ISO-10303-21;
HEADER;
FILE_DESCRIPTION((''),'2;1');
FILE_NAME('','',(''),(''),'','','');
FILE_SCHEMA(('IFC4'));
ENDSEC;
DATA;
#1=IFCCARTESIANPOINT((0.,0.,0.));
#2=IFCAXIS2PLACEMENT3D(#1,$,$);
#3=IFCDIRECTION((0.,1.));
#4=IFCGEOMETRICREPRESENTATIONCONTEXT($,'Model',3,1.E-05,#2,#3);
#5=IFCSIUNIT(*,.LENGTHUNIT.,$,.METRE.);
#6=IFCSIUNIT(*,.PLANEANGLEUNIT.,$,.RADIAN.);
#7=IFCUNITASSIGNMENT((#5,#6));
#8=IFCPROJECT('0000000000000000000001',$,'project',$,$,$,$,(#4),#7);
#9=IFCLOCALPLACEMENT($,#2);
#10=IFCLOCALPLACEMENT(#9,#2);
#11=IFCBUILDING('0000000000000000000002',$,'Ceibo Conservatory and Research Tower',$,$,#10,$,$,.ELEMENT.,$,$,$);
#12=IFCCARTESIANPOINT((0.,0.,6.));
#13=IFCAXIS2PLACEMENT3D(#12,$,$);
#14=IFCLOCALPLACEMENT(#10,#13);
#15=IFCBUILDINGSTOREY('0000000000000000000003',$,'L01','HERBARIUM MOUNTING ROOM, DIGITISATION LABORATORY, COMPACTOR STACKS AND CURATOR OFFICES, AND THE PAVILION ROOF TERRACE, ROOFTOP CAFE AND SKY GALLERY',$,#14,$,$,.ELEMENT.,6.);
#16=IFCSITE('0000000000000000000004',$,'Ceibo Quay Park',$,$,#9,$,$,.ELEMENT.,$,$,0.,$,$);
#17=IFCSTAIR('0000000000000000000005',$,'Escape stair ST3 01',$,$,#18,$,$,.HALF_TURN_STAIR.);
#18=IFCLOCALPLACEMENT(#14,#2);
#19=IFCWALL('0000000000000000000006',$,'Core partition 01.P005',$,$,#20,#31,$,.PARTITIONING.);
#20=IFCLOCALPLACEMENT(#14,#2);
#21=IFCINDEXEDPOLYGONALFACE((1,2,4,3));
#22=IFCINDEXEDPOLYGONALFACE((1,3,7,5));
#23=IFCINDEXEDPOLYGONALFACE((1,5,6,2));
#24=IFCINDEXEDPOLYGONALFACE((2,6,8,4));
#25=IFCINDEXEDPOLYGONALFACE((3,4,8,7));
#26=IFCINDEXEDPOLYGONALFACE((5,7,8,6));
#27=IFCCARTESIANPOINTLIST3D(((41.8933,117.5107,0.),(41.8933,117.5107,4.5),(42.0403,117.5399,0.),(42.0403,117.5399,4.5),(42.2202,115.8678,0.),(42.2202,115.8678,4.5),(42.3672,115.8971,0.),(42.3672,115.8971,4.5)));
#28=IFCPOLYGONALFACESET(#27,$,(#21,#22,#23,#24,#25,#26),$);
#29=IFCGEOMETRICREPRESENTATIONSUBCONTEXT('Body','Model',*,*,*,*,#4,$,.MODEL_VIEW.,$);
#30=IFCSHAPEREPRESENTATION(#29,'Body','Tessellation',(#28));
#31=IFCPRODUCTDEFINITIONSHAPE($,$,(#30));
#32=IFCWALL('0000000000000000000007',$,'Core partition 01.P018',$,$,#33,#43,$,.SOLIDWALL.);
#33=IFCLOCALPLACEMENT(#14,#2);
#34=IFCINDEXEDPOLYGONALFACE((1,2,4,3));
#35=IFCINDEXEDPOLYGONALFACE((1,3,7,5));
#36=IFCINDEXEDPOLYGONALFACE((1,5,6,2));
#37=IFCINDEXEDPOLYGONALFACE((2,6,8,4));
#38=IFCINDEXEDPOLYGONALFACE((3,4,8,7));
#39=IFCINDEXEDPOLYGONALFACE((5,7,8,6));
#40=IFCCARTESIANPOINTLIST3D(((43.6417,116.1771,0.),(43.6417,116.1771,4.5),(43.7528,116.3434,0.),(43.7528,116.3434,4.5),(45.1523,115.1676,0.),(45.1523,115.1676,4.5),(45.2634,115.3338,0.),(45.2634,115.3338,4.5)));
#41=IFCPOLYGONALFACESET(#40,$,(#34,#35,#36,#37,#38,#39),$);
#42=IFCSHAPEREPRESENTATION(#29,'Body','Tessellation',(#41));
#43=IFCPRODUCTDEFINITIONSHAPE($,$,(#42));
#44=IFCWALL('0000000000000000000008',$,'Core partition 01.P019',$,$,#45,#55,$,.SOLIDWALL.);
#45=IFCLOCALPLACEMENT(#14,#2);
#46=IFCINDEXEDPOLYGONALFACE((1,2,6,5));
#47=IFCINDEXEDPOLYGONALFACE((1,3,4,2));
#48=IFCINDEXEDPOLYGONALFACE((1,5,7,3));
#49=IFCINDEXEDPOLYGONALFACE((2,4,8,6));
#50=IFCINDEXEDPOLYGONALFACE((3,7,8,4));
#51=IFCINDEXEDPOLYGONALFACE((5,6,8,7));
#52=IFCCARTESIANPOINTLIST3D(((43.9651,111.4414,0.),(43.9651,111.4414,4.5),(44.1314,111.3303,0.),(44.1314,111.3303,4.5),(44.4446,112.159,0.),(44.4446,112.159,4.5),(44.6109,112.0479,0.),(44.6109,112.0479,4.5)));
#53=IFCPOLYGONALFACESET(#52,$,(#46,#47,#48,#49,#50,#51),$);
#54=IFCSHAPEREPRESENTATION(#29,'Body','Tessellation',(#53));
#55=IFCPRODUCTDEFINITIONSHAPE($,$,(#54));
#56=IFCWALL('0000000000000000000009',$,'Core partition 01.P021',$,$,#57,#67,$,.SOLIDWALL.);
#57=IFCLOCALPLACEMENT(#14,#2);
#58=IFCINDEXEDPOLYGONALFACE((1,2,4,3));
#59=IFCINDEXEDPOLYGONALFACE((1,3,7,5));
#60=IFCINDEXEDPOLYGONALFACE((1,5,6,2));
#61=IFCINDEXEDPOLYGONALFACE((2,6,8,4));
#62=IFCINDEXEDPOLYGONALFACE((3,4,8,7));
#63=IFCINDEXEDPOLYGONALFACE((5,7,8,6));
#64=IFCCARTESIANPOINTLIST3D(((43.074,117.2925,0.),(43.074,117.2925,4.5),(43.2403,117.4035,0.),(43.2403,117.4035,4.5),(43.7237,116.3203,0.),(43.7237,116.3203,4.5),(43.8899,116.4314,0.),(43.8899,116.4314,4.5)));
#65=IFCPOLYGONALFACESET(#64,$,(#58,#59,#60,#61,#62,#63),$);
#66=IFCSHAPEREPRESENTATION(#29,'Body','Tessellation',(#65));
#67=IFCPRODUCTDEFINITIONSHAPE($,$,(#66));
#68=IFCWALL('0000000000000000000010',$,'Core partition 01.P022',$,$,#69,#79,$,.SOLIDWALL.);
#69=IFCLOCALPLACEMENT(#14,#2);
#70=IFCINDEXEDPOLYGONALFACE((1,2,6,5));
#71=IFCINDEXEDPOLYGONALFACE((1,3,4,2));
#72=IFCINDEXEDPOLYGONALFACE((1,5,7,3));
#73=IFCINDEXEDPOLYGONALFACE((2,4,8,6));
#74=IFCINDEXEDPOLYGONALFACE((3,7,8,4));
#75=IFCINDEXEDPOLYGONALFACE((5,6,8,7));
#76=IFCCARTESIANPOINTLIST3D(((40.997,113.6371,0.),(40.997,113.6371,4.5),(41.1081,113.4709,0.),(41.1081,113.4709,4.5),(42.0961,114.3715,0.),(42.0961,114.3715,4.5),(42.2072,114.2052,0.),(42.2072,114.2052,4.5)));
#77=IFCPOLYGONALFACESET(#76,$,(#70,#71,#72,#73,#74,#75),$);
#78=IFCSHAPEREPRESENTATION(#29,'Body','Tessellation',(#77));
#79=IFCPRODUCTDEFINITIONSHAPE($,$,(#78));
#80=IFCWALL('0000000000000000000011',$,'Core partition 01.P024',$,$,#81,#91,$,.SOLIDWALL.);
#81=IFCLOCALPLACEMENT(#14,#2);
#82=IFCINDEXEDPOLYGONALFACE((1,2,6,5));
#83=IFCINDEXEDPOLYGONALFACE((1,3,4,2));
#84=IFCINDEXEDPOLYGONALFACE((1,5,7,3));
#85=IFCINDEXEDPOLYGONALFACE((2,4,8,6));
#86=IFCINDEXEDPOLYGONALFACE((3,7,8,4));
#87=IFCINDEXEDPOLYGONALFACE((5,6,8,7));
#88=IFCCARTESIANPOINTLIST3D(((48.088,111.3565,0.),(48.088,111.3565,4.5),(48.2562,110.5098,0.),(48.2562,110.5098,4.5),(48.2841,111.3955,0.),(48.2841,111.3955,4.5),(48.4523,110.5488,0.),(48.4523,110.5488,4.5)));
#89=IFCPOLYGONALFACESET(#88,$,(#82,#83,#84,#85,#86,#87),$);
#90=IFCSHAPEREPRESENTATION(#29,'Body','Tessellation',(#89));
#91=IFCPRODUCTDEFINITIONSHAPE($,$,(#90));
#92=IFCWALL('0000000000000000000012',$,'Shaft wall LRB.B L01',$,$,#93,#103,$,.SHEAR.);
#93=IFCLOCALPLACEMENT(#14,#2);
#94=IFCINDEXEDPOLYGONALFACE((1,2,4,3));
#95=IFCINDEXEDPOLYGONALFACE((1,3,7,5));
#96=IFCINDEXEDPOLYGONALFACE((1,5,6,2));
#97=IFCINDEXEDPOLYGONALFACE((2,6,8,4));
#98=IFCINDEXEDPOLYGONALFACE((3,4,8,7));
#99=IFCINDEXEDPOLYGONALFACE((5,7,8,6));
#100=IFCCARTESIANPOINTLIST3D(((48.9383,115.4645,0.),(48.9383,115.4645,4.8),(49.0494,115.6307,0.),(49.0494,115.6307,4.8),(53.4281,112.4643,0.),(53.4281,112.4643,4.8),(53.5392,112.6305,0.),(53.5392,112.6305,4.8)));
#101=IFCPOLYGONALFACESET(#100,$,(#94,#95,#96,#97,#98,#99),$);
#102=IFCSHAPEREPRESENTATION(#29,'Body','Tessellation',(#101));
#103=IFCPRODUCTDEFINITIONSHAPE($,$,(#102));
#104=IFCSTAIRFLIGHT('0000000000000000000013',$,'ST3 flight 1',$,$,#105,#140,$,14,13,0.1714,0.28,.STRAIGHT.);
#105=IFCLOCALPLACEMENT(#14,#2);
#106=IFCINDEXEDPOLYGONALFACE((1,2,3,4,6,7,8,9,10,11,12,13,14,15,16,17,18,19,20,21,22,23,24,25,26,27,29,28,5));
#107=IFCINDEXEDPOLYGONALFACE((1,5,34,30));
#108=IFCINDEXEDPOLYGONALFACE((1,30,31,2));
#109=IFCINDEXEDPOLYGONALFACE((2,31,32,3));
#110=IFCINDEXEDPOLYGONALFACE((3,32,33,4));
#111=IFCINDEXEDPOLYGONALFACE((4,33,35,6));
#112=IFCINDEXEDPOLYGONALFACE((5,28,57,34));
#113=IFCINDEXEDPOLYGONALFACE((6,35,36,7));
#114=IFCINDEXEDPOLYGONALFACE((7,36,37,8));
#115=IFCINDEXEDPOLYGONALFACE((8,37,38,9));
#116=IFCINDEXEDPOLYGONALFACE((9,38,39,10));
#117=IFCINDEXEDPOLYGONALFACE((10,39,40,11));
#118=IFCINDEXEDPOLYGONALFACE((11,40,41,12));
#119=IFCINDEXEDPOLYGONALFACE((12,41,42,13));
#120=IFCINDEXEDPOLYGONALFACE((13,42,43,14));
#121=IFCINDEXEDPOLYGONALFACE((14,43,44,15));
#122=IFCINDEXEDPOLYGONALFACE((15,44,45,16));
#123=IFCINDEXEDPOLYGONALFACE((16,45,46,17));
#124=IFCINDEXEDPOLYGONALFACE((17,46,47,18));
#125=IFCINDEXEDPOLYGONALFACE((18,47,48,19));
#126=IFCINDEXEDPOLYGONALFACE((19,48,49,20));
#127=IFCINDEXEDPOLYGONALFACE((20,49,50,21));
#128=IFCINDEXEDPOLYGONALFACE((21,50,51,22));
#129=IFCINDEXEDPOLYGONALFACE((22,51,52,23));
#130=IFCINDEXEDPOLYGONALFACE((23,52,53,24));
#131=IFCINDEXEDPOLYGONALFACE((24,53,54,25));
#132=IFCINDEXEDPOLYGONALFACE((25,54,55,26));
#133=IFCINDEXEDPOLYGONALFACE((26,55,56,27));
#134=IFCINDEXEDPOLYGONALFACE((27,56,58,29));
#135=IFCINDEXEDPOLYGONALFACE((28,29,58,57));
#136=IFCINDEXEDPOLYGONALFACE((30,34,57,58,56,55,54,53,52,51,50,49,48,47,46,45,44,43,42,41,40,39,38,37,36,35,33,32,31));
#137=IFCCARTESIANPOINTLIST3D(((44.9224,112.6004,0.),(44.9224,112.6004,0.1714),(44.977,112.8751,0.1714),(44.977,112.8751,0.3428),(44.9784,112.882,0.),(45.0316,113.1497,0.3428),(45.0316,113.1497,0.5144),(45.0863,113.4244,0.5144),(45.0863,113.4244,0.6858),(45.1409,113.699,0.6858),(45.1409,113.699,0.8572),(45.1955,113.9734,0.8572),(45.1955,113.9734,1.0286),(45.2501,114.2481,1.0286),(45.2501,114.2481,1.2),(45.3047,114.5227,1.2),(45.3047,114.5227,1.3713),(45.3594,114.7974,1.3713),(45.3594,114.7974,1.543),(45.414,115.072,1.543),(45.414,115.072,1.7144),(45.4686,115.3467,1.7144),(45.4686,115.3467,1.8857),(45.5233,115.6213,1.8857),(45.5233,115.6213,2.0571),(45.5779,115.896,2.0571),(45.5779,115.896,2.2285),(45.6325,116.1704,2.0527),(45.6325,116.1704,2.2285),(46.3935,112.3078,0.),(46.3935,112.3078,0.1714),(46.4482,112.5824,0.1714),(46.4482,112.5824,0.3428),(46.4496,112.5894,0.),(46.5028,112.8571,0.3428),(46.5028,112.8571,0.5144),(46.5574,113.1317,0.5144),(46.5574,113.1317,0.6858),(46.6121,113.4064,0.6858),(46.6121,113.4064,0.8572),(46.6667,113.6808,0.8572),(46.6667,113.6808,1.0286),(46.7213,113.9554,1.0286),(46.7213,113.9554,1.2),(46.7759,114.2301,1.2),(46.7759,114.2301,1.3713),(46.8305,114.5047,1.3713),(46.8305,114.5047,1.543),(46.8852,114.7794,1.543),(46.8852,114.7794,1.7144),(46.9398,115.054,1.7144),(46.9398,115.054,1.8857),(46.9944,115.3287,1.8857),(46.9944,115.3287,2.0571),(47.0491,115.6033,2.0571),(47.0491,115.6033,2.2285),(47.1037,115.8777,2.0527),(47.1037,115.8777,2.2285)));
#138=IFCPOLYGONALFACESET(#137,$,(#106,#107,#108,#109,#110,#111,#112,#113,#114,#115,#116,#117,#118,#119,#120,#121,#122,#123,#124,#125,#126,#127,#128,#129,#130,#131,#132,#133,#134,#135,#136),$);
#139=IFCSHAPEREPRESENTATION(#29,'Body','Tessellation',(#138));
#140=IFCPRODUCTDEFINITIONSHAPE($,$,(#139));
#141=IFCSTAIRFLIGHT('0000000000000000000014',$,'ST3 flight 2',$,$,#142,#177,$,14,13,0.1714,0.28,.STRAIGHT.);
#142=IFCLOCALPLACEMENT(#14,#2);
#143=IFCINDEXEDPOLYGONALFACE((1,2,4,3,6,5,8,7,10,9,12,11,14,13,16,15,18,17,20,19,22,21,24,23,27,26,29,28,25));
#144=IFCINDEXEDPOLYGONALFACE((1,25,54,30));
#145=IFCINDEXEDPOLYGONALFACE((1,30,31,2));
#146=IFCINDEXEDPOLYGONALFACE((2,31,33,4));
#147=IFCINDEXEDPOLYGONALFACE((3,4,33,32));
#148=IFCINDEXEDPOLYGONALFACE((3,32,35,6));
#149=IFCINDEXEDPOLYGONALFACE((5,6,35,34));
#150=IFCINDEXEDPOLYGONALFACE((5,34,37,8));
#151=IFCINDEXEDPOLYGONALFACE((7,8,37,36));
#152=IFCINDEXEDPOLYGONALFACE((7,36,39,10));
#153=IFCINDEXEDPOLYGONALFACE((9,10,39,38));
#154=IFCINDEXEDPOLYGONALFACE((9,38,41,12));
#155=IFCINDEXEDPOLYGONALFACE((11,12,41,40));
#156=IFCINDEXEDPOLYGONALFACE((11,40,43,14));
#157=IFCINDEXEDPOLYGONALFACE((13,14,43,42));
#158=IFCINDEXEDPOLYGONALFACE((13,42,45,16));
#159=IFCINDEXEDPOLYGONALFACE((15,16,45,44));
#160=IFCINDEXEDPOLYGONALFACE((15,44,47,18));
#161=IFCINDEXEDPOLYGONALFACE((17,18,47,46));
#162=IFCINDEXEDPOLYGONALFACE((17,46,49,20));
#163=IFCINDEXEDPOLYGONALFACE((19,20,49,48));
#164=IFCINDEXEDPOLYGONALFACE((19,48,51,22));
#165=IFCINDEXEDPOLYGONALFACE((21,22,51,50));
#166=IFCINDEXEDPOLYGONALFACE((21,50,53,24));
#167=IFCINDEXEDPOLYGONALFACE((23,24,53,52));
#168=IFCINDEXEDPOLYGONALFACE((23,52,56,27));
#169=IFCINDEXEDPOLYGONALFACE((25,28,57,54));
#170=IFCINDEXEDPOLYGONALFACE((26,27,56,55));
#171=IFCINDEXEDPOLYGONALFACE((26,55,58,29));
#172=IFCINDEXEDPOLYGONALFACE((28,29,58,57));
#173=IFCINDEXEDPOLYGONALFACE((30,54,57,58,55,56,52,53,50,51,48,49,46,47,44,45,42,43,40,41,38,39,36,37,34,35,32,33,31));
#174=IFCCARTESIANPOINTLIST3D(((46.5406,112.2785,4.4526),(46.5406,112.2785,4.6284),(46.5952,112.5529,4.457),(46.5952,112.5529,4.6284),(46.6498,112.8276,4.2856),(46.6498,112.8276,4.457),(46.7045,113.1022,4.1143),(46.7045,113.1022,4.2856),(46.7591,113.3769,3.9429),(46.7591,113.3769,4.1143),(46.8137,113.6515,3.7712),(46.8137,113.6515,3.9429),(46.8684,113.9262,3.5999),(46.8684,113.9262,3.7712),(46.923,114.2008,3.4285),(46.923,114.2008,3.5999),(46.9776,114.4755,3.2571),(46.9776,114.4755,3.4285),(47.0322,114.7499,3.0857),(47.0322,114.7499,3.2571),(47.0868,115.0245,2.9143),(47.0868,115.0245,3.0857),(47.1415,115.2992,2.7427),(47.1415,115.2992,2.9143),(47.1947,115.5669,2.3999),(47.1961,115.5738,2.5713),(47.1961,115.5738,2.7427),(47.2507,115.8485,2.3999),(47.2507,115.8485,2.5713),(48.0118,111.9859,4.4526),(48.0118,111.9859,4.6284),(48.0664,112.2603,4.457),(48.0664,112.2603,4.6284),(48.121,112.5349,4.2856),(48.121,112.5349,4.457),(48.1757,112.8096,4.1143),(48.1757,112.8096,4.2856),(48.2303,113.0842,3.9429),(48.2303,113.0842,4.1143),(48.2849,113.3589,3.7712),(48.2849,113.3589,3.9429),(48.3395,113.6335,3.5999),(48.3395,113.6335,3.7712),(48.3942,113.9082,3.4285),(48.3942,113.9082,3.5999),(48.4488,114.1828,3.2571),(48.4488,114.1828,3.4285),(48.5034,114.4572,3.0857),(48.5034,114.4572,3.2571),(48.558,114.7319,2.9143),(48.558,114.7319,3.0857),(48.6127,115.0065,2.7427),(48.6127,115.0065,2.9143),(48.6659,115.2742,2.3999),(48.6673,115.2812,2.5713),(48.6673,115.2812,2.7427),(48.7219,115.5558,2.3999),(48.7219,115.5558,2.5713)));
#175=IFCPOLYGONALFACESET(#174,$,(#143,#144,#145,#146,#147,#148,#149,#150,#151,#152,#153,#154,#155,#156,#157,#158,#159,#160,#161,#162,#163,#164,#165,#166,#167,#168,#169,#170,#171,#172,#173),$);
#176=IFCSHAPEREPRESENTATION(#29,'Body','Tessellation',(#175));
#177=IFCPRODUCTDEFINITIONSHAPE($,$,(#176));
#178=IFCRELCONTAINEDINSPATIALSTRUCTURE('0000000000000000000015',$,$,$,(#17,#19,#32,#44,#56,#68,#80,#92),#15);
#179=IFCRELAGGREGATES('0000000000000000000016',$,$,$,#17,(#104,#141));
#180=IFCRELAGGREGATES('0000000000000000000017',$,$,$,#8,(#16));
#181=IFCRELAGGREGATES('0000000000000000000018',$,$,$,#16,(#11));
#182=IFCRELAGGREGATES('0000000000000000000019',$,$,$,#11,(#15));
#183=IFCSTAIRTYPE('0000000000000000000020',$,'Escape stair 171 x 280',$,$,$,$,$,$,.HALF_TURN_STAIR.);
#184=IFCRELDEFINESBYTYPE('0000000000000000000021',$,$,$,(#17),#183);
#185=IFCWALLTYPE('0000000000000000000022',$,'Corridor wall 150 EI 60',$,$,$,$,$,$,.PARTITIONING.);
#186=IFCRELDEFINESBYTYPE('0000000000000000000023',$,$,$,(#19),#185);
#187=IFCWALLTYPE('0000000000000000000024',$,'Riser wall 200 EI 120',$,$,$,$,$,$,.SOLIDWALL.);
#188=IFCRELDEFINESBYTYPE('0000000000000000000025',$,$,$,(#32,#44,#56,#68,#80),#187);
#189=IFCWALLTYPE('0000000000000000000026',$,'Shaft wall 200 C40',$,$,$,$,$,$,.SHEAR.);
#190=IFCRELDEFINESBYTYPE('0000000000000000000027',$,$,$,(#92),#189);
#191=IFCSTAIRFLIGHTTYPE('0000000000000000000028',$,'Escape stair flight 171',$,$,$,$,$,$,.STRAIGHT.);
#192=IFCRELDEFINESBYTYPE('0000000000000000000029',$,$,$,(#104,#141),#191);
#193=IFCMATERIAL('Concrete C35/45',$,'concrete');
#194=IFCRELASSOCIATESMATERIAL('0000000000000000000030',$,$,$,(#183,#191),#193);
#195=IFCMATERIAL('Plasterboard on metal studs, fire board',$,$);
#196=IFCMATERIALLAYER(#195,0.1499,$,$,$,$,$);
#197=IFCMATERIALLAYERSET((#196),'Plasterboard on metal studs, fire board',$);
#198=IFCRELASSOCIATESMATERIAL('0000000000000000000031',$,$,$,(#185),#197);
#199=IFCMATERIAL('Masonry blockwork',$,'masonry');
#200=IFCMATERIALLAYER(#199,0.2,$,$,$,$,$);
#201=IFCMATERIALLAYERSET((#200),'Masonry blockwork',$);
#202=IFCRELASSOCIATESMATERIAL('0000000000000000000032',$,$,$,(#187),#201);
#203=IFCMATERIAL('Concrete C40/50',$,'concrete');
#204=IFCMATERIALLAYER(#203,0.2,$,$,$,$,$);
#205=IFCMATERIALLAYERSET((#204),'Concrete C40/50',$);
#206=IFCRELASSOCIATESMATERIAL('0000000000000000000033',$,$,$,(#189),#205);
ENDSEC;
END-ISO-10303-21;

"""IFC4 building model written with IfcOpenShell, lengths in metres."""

from ifc_helpers import new_model, si_unit, direction, frame, frame_2d, origin, place, context, subcontext, project, spatial, polyline, rectangle, outline, extrude, material, layer, layer_set, type_object, element, aggregate, save


model = new_model("IFC4")

# Units and contexts
model_context = context("Model", 3, precision=1e-05, world=origin(), true_north=direction((0.0, 1.0)))
body_context = subcontext(model_context, "Body", "Model", "MODEL_VIEW")
ifc_project = project(units=[si_unit("LENGTHUNIT", "METRE"), si_unit("PLANEANGLEUNIT", "RADIAN")], contexts=[model_context])

# Site, building, storey
site_placement = place(None, origin())
site = spatial("IfcSite", under=ifc_project, at=site_placement, Name="Ceibo Quay Park", CompositionType="ELEMENT", RefElevation=0.0)
building_placement = place(site_placement, origin())
building = spatial("IfcBuilding", under=site, at=building_placement, Name="Ceibo Conservatory and Research Tower", CompositionType="ELEMENT")
storey_placement = place(building_placement, frame((0.0, 0.0, 6.0)))
storey = spatial("IfcBuildingStorey", under=building, at=storey_placement, Name="L01", Description="HERBARIUM MOUNTING ROOM, DIGITISATION LABORATORY, COMPACTOR STACKS AND CURATOR OFFICES, AND THE PAVILION ROOF TERRACE, ROOFTOP CAFE AND SKY GALLERY", CompositionType="ELEMENT", Elevation=6.0)

# Shared definitions
ifc_material_1 = material(Name="Concrete C35/45", Category="concrete")

# Stair
stair_type = type_object("IfcStairType", Name="Escape stair 171 x 280", PredefinedType="HALF_TURN_STAIR", material=ifc_material_1)
stair_placement = place(storey_placement, origin())
stair = element("IfcStair", 1, at=stair_placement, inside=storey, type_object=stair_type, Name="Escape stair ST3 01", PredefinedType="HALF_TURN_STAIR")

# Shared definitions
ifc_material_2 = material(Name="Masonry blockwork", Category="masonry")

# Shared definitions
ifc_material_3 = material(Name="Concrete C40/50", Category="concrete")

# Walls
ifc_material_4 = material(Name="Plasterboard on metal studs, fire board")
ifc_layer_1 = layer(ifc_material_4, 0.1499)
ifc_layer_set_1 = layer_set([ifc_layer_1], Name="Plasterboard on metal studs, fire board")
wall_type_1 = type_object("IfcWallType", Name="Corridor wall 150 EI 60", PredefinedType="PARTITIONING", material=ifc_layer_set_1)
wall_1_placement = place(storey_placement, frame((42.2937, 115.8826, 0.0), z_axis=(0.0, 0.0, 1.0), x_axis=(-0.195163, 0.980771, 0.0)))
element("IfcWall", 2, at=wall_1_placement, inside=storey, type_object=wall_type_1, Name="Core partition 01.P005", PredefinedType="PARTITIONING", context=body_context, shape_type="SweptSolid", body=[
    extrude(rectangle(XDim=1.675, YDim=0.1499, at=frame_2d((0.8374, 0.0))), origin(), (0.0, 0.0, 1.0), 4.5),
])
ifc_layer_2 = layer(ifc_material_2, 0.2)
ifc_layer_set_2 = layer_set([ifc_layer_2], Name="Masonry blockwork")
wall_type_2 = type_object("IfcWallType", Name="Riser wall 200 EI 120", PredefinedType="SOLIDWALL", material=ifc_layer_set_2)
wall_2_placement = place(storey_placement, frame((43.6973, 116.2603, 0.0), z_axis=(0.0, 0.0, 1.0), x_axis=(0.831409, -0.555661, 0.0)))
element("IfcWall", 3, at=wall_2_placement, inside=storey, type_object=wall_type_2, Name="Core partition 01.P018", PredefinedType="SOLIDWALL", context=body_context, shape_type="SweptSolid", body=[
    extrude(rectangle(XDim=1.8169, YDim=0.2, at=frame_2d((0.9084, 0.0))), origin(), (0.0, 0.0, 1.0), 4.5),
])
wall_3_placement = place(storey_placement, frame((44.5278, 112.1035, 0.0), z_axis=(0.0, 0.0, 1.0), x_axis=(-0.555614, -0.83144, 0.0)))
element("IfcWall", 4, at=wall_3_placement, inside=storey, type_object=wall_type_2, Name="Core partition 01.P019", PredefinedType="SOLIDWALL", context=body_context, shape_type="SweptSolid", body=[
    extrude(rectangle(XDim=0.863, YDim=0.2, at=frame_2d((0.4316, 0.0))), origin(), (0.0, 0.0, 1.0), 4.5),
])
wall_4_placement = place(storey_placement, frame((43.1572, 117.3479, 0.0), z_axis=(0.0, 0.0, 1.0), x_axis=(0.555615, -0.831439, 0.0)))
element("IfcWall", 5, at=wall_4_placement, inside=storey, type_object=wall_type_2, Name="Core partition 01.P021", PredefinedType="SOLIDWALL", context=body_context, shape_type="SweptSolid", body=[
    extrude(rectangle(XDim=1.1692, YDim=0.2, at=frame_2d((0.5845, 0.0))), origin(), (0.0, 0.0, 1.0), 4.5),
])
wall_5_placement = place(storey_placement, frame((42.1516, 114.2883, 0.0), z_axis=(0.0, 0.0, 1.0), x_axis=(-0.831482, -0.555552, 0.0)))
element("IfcWall", 6, at=wall_5_placement, inside=storey, type_object=wall_type_2, Name="Core partition 01.P022", PredefinedType="SOLIDWALL", context=body_context, shape_type="SweptSolid", body=[
    extrude(rectangle(XDim=1.3218, YDim=0.2, at=frame_2d((0.6609, 0.0))), origin(), (0.0, 0.0, 1.0), 4.5),
])
wall_6_placement = place(storey_placement, frame((48.3542, 110.5293, 0.0), z_axis=(0.0, 0.0, 1.0), x_axis=(-0.194865, 0.98083, 0.0)))
element("IfcWall", 7, at=wall_6_placement, inside=storey, type_object=wall_type_2, Name="Core partition 01.P024", PredefinedType="SOLIDWALL", context=body_context, shape_type="SweptSolid", body=[
    extrude(rectangle(XDim=0.8633, YDim=0.2, at=frame_2d((0.4316, 0.0))), origin(), (0.0, 0.0, 1.0), 4.5),
])
ifc_layer_3 = layer(ifc_material_3, 0.2)
ifc_layer_set_3 = layer_set([ifc_layer_3], Name="Concrete C40/50")
wall_type_3 = type_object("IfcWallType", Name="Shaft wall 200 C40", PredefinedType="SHEAR", material=ifc_layer_set_3)
wall_7_placement = place(storey_placement, frame((48.9939, 115.5476, 0.0), z_axis=(0.0, 0.0, 1.0), x_axis=(0.831445, -0.555608, 0.0)))
element("IfcWall", 8, at=wall_7_placement, inside=storey, type_object=wall_type_3, Name="Shaft wall LRB.B L01", PredefinedType="SHEAR", context=body_context, shape_type="SweptSolid", body=[
    extrude(rectangle(XDim=5.3999, YDim=0.2, at=frame_2d((2.7, 0.0))), origin(), (0.0, 0.0, 1.0), 4.8),
])

# Stair flights
stair_flight_type = type_object("IfcStairFlightType", Name="Escape stair flight 171", PredefinedType="STRAIGHT", material=ifc_material_1)
stair_flight_1_placement = place(storey_placement, frame((45.658, 112.4541, 0.0), z_axis=(0.0, 0.0, 1.0), x_axis=(0.19509, 0.980785, 0.0)))
stair_flight_1 = element("IfcStairFlight", 9, at=stair_flight_1_placement, type_object=stair_flight_type, Name="ST3 flight 1", NumberOfRisers=14, NumberOfTreads=13, PredefinedType="STRAIGHT", RiserHeight=0.1714, TreadLength=0.28, context=body_context, shape_type="SweptSolid", body=[
    extrude(outline(polyline([(0.0, 0.0), (0.0, 0.1714), (0.28, 0.1714), (0.28, 0.3428), (0.5601, 0.3428), (0.5601, 0.5144), (0.8401, 0.5144), (0.8401, 0.6858), (1.1201, 0.6858), (1.1201, 0.8572), (1.3999, 0.8572), (1.3999, 1.0286), (1.6799, 1.0286), (1.6799, 1.2), (1.96, 1.2), (1.96, 1.3713), (2.24, 1.3713), (2.24, 1.543), (2.52, 1.543), (2.52, 1.7144), (2.8, 1.7144), (2.8, 1.8857), (3.0801, 1.8857), (3.0801, 2.0571), (3.3601, 2.0571), (3.3601, 2.2285), (3.6399, 2.2285), (3.6399, 2.3999), (3.6399, 2.0527), (0.2871, 0.0), (0.0, 0.0)])), frame((0.0, 0.75, 0.0), z_axis=(0.0, -1.0, 0.0), x_axis=(1.0, 0.0, 0.0)), (0.0, 0.0, 1.0), 1.5),
])
stair_flight_2_placement = place(storey_placement, frame((47.9863, 115.7021, 2.3999), z_axis=(0.0, 0.0, 1.0), x_axis=(-0.19509, -0.980785, 0.0)))
stair_flight_2 = element("IfcStairFlight", 10, at=stair_flight_2_placement, type_object=stair_flight_type, Name="ST3 flight 2", NumberOfRisers=14, NumberOfTreads=13, PredefinedType="STRAIGHT", RiserHeight=0.1714, TreadLength=0.28, context=body_context, shape_type="SweptSolid", body=[
    extrude(outline(polyline([(0.0, 0.0), (0.0, 0.1714), (0.28, 0.1714), (0.28, 0.3428), (0.5601, 0.3428), (0.5601, 0.5144), (0.8401, 0.5144), (0.8401, 0.6858), (1.1201, 0.6858), (1.1201, 0.8572), (1.3999, 0.8572), (1.3999, 1.0286), (1.6799, 1.0286), (1.6799, 1.2), (1.96, 1.2), (1.96, 1.3713), (2.24, 1.3713), (2.24, 1.543), (2.52, 1.543), (2.52, 1.7144), (2.8, 1.7144), (2.8, 1.8857), (3.0801, 1.8857), (3.0801, 2.0571), (3.3601, 2.0571), (3.3601, 2.2285), (3.6399, 2.2285), (3.6399, 2.3999), (3.6399, 2.0527), (0.2871, 0.0), (0.0, 0.0)])), frame((0.0, 0.75, 0.0), z_axis=(0.0, -1.0, 0.0), x_axis=(1.0, 0.0, 0.0)), (0.0, 0.0, 1.0), 1.5),
])
aggregate(stair, [stair_flight_1, stair_flight_2])

save(model, "model.ifc")
